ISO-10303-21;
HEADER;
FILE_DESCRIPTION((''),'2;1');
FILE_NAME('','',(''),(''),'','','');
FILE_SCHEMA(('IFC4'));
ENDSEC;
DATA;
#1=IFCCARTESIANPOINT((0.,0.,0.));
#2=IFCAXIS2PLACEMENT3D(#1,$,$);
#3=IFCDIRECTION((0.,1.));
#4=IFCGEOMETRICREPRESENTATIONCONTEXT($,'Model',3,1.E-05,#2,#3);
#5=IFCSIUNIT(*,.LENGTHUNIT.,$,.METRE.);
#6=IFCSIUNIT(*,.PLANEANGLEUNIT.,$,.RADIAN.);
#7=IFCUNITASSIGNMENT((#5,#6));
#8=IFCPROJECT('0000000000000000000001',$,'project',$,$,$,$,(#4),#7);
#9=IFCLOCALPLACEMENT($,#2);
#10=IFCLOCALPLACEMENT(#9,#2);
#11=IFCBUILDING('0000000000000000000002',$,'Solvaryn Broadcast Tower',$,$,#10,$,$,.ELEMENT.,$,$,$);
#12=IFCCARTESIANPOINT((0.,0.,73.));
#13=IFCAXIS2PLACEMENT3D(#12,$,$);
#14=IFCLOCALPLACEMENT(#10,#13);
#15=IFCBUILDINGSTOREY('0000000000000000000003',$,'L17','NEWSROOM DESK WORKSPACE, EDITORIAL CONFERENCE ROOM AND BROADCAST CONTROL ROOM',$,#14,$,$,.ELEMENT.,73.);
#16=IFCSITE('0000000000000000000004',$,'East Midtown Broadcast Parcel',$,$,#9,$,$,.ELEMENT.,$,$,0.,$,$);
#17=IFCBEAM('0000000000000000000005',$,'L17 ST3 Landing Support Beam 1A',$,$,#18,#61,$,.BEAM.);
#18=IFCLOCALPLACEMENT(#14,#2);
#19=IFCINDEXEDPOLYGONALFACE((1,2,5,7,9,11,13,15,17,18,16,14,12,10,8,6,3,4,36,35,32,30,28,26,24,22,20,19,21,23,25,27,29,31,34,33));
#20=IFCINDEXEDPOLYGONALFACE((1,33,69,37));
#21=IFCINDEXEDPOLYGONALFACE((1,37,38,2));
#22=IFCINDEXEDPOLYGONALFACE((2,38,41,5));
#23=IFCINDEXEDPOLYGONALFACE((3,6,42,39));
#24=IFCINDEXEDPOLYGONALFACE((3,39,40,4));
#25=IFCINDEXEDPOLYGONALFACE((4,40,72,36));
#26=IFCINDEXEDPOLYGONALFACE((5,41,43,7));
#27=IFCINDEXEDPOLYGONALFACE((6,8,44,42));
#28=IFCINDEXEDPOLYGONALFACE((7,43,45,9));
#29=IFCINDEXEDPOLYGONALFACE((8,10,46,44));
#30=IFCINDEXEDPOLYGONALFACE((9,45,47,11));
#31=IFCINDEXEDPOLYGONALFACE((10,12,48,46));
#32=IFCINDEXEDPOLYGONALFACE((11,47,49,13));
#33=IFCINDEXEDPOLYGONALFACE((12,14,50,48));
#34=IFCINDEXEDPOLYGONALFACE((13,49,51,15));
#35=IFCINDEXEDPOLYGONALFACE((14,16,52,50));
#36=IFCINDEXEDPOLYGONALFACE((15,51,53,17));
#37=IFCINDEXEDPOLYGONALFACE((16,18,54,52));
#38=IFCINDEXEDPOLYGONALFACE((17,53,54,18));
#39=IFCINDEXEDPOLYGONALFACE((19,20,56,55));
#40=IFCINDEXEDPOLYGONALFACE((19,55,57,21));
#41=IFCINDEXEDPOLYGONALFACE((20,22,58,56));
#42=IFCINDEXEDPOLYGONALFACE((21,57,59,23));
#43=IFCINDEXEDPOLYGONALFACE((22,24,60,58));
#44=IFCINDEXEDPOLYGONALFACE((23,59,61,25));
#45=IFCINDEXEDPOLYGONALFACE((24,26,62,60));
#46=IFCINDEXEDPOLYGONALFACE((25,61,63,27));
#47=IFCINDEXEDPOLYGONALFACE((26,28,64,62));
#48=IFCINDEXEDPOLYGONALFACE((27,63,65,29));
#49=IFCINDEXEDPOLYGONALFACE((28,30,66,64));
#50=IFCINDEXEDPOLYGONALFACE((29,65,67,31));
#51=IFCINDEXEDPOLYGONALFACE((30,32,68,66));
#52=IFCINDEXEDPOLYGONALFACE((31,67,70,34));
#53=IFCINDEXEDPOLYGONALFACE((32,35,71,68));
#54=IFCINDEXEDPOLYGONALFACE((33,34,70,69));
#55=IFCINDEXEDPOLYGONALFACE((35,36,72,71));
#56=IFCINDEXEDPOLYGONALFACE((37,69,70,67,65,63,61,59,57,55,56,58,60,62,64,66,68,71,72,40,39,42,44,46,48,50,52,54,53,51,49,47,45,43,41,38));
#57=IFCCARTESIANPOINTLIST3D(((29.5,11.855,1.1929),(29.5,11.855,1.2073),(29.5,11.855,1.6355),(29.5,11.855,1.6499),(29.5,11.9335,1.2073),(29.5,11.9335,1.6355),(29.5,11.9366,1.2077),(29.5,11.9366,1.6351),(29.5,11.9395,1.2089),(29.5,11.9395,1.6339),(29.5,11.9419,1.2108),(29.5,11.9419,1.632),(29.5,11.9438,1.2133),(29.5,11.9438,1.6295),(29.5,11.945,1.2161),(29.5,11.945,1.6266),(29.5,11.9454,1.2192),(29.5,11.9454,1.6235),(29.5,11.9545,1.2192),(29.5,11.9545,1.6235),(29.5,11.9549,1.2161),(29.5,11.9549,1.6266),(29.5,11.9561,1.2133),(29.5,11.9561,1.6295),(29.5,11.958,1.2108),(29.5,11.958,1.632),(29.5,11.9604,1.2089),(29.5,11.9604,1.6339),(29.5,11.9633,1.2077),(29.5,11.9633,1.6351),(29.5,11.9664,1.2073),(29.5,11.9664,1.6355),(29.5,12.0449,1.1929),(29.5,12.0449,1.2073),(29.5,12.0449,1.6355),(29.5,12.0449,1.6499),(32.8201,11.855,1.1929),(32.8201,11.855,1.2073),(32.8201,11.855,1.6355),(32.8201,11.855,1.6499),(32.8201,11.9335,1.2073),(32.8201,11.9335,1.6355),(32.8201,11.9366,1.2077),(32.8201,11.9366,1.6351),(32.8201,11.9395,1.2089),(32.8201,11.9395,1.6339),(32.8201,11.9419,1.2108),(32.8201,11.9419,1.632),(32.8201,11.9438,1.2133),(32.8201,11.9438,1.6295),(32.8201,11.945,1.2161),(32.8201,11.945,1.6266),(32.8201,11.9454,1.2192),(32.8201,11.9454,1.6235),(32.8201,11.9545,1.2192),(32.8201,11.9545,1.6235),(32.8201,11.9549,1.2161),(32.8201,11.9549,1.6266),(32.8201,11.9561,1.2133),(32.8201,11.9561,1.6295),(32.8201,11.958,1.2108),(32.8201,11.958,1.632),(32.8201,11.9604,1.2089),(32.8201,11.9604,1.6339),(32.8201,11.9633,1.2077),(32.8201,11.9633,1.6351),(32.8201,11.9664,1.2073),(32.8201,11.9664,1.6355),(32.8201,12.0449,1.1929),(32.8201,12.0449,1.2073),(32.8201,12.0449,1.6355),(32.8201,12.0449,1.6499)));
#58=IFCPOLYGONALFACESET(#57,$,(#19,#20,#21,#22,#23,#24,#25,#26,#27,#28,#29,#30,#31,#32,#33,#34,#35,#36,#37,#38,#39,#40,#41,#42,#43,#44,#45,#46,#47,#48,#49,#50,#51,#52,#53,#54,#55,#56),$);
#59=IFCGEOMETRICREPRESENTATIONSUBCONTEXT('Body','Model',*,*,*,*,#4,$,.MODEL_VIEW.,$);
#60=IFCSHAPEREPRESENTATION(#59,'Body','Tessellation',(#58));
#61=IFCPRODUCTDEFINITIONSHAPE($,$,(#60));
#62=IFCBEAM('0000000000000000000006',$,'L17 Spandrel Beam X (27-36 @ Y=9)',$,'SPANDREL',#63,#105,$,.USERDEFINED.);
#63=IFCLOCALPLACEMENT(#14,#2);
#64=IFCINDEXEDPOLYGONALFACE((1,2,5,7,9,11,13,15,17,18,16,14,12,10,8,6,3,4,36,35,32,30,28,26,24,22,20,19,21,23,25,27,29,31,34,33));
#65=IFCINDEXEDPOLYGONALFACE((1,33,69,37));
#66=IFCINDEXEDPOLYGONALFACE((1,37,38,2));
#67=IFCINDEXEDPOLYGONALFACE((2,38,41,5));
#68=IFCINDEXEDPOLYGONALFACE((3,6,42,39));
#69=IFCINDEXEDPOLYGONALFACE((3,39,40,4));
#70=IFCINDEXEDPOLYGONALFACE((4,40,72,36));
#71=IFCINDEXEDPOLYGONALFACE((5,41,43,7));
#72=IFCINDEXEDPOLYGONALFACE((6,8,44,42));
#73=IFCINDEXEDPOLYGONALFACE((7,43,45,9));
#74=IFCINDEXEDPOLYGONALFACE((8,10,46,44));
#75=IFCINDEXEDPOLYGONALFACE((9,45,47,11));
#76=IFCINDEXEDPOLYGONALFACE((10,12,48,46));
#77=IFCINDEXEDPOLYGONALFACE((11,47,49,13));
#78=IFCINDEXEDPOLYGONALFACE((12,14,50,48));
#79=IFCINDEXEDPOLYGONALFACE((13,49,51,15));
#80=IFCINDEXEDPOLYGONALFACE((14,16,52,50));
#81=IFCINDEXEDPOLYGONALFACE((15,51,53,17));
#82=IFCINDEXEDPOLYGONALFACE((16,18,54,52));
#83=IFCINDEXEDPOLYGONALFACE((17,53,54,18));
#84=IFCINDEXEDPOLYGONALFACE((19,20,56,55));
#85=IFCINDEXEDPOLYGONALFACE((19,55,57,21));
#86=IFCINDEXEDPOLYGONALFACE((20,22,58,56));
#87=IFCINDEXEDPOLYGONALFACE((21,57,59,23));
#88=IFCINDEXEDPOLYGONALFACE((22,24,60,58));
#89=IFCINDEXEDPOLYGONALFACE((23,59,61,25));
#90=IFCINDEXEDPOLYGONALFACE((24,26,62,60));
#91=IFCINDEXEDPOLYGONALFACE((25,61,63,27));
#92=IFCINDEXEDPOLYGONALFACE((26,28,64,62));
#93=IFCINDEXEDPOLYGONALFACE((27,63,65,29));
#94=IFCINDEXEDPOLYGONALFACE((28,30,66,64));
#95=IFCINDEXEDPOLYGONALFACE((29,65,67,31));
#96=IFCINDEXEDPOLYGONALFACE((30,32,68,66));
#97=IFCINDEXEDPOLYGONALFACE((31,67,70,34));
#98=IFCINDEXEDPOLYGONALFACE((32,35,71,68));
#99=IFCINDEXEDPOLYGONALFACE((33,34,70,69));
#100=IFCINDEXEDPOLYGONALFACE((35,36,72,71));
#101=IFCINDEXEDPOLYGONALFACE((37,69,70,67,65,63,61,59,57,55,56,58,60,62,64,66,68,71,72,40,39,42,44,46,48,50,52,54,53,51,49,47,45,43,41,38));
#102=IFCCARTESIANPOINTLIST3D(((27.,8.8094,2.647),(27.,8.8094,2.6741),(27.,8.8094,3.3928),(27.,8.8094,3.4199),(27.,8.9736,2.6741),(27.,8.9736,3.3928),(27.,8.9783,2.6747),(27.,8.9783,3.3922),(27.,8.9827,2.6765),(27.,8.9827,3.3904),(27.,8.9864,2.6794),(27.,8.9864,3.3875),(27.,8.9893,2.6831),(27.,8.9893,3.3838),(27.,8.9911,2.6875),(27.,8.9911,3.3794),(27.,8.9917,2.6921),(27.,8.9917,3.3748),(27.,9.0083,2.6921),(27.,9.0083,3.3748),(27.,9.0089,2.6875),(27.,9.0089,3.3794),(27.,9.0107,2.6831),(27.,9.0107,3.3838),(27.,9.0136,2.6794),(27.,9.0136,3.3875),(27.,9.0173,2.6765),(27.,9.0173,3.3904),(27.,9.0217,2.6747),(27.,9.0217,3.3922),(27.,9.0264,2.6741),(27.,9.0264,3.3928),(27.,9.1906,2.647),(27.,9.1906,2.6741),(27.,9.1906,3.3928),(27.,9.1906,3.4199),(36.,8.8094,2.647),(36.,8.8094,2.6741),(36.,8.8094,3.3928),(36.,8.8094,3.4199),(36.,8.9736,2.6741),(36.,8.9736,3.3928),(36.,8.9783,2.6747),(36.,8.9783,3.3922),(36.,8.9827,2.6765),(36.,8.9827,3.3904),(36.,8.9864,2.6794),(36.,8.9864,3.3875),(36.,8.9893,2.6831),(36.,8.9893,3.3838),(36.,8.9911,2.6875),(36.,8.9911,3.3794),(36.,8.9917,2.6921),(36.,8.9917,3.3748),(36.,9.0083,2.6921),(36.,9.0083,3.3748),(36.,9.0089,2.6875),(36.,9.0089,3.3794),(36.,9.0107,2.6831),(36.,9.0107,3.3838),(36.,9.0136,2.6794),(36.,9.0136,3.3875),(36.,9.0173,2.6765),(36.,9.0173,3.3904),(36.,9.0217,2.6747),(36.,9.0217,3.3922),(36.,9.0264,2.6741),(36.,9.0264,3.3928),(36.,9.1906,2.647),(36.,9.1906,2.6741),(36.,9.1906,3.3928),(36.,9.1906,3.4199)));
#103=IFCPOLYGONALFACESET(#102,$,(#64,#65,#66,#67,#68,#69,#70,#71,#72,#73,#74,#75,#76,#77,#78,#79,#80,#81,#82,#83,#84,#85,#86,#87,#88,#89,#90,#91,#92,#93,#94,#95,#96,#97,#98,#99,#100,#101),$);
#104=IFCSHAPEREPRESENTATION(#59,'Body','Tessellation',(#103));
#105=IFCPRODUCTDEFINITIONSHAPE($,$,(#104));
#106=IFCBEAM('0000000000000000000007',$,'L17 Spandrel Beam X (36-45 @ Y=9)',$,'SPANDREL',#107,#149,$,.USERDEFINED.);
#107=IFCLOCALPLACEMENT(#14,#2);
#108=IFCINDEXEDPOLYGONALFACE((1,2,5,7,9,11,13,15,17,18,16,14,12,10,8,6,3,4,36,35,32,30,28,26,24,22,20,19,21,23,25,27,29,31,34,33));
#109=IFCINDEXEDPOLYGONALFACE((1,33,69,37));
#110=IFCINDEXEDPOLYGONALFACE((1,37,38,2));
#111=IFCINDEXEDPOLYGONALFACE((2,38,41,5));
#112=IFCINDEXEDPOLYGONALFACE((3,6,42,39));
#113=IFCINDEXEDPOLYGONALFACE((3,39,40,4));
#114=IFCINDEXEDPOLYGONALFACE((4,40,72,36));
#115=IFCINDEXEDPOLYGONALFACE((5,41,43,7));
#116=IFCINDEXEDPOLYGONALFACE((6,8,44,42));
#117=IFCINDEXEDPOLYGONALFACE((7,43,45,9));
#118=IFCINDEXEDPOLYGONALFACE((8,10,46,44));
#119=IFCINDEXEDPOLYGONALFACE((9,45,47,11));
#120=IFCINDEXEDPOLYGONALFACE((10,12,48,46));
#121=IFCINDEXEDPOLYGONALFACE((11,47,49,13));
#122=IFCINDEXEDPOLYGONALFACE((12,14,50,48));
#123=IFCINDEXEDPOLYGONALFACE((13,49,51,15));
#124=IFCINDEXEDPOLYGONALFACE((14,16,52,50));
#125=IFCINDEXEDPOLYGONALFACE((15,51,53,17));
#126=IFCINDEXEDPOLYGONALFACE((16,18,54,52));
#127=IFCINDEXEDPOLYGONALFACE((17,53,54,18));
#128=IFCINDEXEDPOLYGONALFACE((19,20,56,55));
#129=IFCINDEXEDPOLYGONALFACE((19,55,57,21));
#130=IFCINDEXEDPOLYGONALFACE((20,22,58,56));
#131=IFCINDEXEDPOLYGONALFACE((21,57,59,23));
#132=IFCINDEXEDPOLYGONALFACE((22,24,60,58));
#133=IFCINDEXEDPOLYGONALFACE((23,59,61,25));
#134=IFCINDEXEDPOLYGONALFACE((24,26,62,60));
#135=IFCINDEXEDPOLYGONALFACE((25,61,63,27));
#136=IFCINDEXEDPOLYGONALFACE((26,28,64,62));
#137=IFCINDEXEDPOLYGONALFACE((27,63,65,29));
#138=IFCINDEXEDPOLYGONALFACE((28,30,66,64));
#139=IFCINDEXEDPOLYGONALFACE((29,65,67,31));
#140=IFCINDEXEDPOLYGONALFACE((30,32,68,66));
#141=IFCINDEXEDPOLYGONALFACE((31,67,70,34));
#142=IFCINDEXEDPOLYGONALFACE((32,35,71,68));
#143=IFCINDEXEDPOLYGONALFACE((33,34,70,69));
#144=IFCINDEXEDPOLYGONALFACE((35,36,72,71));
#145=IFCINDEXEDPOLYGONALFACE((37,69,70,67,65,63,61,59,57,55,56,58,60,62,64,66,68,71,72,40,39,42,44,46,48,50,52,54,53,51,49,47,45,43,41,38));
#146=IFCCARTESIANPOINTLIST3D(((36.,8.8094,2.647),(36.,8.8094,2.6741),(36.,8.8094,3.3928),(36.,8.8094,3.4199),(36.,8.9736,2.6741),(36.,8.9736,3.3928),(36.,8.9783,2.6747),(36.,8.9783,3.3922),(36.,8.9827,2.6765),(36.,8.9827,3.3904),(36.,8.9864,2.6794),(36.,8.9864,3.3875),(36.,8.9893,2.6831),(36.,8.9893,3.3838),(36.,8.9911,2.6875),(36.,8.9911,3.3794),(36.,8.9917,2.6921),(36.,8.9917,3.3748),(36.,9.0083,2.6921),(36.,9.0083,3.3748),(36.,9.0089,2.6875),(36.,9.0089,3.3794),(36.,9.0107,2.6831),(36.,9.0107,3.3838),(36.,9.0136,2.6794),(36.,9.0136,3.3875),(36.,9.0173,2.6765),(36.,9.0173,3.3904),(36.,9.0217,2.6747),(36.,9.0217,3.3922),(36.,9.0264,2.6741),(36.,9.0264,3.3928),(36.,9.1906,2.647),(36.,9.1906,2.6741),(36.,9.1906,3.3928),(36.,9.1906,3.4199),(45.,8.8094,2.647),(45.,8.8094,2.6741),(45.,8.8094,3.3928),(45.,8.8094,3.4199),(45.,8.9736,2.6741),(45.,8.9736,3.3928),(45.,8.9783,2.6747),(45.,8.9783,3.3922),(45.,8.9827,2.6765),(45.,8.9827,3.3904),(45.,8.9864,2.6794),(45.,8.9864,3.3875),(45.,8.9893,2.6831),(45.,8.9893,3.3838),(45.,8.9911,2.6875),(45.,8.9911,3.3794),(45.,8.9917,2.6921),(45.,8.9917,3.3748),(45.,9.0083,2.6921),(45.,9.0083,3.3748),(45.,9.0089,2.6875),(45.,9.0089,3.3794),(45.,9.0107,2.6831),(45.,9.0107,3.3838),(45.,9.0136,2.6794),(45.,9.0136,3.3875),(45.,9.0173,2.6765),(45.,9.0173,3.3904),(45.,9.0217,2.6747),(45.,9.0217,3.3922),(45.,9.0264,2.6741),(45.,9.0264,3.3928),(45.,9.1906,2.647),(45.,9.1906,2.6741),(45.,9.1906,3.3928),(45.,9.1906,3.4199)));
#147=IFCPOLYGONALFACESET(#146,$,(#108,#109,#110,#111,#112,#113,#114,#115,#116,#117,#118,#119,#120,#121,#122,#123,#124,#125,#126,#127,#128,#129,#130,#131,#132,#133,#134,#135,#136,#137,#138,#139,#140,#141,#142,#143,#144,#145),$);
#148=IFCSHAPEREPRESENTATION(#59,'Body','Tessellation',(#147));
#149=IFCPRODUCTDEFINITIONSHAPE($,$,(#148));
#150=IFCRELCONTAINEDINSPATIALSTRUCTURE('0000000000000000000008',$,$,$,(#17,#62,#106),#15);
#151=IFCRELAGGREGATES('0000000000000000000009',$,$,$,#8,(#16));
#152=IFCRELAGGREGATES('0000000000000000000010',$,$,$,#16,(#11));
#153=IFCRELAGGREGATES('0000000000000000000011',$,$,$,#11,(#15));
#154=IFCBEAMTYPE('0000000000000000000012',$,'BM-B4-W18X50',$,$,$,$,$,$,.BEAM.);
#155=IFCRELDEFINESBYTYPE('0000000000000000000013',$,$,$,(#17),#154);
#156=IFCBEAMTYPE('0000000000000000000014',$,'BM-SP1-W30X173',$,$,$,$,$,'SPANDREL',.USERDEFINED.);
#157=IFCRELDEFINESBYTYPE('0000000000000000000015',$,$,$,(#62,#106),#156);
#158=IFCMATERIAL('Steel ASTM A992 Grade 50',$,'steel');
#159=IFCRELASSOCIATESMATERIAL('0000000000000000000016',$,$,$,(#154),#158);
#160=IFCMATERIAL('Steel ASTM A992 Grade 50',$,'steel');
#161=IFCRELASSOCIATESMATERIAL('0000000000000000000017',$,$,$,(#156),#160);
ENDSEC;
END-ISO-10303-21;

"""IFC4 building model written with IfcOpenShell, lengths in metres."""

from ifc_helpers import new_model, si_unit, direction, frame, origin, origin_2d, place, context, subcontext, project, spatial, i_section, extrude, material, material_profile, profile_set, type_object, element, save


model = new_model("IFC4")

# Units and contexts
model_context = context("Model", 3, precision=1e-05, world=origin(), true_north=direction((0.0, 1.0)))
body_context = subcontext(model_context, "Body", "Model", "MODEL_VIEW")
ifc_project = project(units=[si_unit("LENGTHUNIT", "METRE"), si_unit("PLANEANGLEUNIT", "RADIAN")], contexts=[model_context])

# Site, building, storey
site_placement = place(None, origin())
site = spatial("IfcSite", under=ifc_project, at=site_placement, Name="East Midtown Broadcast Parcel", CompositionType="ELEMENT", RefElevation=0.0)
building_placement = place(site_placement, origin())
building = spatial("IfcBuilding", under=site, at=building_placement, Name="Solvaryn Broadcast Tower", CompositionType="ELEMENT")
storey_placement = place(building_placement, frame((0.0, 0.0, 73.0)))
storey = spatial("IfcBuildingStorey", under=building, at=storey_placement, Name="L17", Description="NEWSROOM DESK WORKSPACE, EDITORIAL CONFERENCE ROOM AND BROADCAST CONTROL ROOM", CompositionType="ELEMENT", Elevation=73.0)

# Beams
ifc_material_1 = material(Name="Steel ASTM A992 Grade 50", Category="steel")
ifc_material_profile_1 = material_profile(ifc_material_1, i_section(OverallWidth=0.1899, OverallDepth=0.457, WebThickness=0.009, FlangeThickness=0.0144, FilletRadius=0.012, at=origin_2d()))
ifc_profile_set_1 = profile_set([ifc_material_profile_1], Name="Steel ASTM A992 Grade 50")
beam_type_1 = type_object("IfcBeamType", Name="BM-B4-W18X50", PredefinedType="BEAM", material=ifc_profile_set_1)
beam_1_placement = place(storey_placement, frame((29.5, 11.95, 1.4214), z_axis=(1.0, 0.0, 0.0), x_axis=(0.0, 1.0, 0.0)))
element("IfcBeam", 1, at=beam_1_placement, inside=storey, type_object=beam_type_1, Name="L17 ST3 Landing Support Beam 1A", PredefinedType="BEAM", context=body_context, shape_type="SweptSolid", body=[
    extrude(i_section(OverallWidth=0.1899, OverallDepth=0.457, WebThickness=0.009, FlangeThickness=0.0144, FilletRadius=0.012, at=origin_2d()), origin(), (0.0, 0.0, 1.0), 3.3201),
])
ifc_material_2 = material(Name="Steel ASTM A992 Grade 50", Category="steel")
ifc_material_profile_2 = material_profile(ifc_material_2, i_section(OverallWidth=0.3811, OverallDepth=0.7729, WebThickness=0.0166, FlangeThickness=0.0271, FilletRadius=0.0181, at=origin_2d()))
ifc_profile_set_2 = profile_set([ifc_material_profile_2], Name="Steel ASTM A992 Grade 50")
beam_type_2 = type_object("IfcBeamType", Name="BM-SP1-W30X173", ElementType="SPANDREL", PredefinedType="USERDEFINED", material=ifc_profile_set_2)
for number, where, z_axis, x_axis, name in (
    (2, (27.0, 9.0, 3.0334), (1.0, 0.0, 0.0), (0.0, 1.0, 0.0), "L17 Spandrel Beam X (27-36 @ Y=9)"),
    (3, (36.0, 9.0, 3.0334), (1.0, 0.0, 0.0), (0.0, 1.0, 0.0), "L17 Spandrel Beam X (36-45 @ Y=9)"),
):
    element("IfcBeam", number, at=place(storey_placement, frame(where, z_axis=z_axis, x_axis=x_axis)), inside=storey, type_object=beam_type_2, Name=name, ObjectType="SPANDREL", PredefinedType="USERDEFINED", context=body_context, shape_type="SweptSolid", body=[
        extrude(i_section(OverallWidth=0.3811, OverallDepth=0.7729, WebThickness=0.0166, FlangeThickness=0.0271, FilletRadius=0.0181, at=origin_2d()), origin(), (0.0, 0.0, 1.0), 9.0),
    ])

save(model, "model.ifc")
